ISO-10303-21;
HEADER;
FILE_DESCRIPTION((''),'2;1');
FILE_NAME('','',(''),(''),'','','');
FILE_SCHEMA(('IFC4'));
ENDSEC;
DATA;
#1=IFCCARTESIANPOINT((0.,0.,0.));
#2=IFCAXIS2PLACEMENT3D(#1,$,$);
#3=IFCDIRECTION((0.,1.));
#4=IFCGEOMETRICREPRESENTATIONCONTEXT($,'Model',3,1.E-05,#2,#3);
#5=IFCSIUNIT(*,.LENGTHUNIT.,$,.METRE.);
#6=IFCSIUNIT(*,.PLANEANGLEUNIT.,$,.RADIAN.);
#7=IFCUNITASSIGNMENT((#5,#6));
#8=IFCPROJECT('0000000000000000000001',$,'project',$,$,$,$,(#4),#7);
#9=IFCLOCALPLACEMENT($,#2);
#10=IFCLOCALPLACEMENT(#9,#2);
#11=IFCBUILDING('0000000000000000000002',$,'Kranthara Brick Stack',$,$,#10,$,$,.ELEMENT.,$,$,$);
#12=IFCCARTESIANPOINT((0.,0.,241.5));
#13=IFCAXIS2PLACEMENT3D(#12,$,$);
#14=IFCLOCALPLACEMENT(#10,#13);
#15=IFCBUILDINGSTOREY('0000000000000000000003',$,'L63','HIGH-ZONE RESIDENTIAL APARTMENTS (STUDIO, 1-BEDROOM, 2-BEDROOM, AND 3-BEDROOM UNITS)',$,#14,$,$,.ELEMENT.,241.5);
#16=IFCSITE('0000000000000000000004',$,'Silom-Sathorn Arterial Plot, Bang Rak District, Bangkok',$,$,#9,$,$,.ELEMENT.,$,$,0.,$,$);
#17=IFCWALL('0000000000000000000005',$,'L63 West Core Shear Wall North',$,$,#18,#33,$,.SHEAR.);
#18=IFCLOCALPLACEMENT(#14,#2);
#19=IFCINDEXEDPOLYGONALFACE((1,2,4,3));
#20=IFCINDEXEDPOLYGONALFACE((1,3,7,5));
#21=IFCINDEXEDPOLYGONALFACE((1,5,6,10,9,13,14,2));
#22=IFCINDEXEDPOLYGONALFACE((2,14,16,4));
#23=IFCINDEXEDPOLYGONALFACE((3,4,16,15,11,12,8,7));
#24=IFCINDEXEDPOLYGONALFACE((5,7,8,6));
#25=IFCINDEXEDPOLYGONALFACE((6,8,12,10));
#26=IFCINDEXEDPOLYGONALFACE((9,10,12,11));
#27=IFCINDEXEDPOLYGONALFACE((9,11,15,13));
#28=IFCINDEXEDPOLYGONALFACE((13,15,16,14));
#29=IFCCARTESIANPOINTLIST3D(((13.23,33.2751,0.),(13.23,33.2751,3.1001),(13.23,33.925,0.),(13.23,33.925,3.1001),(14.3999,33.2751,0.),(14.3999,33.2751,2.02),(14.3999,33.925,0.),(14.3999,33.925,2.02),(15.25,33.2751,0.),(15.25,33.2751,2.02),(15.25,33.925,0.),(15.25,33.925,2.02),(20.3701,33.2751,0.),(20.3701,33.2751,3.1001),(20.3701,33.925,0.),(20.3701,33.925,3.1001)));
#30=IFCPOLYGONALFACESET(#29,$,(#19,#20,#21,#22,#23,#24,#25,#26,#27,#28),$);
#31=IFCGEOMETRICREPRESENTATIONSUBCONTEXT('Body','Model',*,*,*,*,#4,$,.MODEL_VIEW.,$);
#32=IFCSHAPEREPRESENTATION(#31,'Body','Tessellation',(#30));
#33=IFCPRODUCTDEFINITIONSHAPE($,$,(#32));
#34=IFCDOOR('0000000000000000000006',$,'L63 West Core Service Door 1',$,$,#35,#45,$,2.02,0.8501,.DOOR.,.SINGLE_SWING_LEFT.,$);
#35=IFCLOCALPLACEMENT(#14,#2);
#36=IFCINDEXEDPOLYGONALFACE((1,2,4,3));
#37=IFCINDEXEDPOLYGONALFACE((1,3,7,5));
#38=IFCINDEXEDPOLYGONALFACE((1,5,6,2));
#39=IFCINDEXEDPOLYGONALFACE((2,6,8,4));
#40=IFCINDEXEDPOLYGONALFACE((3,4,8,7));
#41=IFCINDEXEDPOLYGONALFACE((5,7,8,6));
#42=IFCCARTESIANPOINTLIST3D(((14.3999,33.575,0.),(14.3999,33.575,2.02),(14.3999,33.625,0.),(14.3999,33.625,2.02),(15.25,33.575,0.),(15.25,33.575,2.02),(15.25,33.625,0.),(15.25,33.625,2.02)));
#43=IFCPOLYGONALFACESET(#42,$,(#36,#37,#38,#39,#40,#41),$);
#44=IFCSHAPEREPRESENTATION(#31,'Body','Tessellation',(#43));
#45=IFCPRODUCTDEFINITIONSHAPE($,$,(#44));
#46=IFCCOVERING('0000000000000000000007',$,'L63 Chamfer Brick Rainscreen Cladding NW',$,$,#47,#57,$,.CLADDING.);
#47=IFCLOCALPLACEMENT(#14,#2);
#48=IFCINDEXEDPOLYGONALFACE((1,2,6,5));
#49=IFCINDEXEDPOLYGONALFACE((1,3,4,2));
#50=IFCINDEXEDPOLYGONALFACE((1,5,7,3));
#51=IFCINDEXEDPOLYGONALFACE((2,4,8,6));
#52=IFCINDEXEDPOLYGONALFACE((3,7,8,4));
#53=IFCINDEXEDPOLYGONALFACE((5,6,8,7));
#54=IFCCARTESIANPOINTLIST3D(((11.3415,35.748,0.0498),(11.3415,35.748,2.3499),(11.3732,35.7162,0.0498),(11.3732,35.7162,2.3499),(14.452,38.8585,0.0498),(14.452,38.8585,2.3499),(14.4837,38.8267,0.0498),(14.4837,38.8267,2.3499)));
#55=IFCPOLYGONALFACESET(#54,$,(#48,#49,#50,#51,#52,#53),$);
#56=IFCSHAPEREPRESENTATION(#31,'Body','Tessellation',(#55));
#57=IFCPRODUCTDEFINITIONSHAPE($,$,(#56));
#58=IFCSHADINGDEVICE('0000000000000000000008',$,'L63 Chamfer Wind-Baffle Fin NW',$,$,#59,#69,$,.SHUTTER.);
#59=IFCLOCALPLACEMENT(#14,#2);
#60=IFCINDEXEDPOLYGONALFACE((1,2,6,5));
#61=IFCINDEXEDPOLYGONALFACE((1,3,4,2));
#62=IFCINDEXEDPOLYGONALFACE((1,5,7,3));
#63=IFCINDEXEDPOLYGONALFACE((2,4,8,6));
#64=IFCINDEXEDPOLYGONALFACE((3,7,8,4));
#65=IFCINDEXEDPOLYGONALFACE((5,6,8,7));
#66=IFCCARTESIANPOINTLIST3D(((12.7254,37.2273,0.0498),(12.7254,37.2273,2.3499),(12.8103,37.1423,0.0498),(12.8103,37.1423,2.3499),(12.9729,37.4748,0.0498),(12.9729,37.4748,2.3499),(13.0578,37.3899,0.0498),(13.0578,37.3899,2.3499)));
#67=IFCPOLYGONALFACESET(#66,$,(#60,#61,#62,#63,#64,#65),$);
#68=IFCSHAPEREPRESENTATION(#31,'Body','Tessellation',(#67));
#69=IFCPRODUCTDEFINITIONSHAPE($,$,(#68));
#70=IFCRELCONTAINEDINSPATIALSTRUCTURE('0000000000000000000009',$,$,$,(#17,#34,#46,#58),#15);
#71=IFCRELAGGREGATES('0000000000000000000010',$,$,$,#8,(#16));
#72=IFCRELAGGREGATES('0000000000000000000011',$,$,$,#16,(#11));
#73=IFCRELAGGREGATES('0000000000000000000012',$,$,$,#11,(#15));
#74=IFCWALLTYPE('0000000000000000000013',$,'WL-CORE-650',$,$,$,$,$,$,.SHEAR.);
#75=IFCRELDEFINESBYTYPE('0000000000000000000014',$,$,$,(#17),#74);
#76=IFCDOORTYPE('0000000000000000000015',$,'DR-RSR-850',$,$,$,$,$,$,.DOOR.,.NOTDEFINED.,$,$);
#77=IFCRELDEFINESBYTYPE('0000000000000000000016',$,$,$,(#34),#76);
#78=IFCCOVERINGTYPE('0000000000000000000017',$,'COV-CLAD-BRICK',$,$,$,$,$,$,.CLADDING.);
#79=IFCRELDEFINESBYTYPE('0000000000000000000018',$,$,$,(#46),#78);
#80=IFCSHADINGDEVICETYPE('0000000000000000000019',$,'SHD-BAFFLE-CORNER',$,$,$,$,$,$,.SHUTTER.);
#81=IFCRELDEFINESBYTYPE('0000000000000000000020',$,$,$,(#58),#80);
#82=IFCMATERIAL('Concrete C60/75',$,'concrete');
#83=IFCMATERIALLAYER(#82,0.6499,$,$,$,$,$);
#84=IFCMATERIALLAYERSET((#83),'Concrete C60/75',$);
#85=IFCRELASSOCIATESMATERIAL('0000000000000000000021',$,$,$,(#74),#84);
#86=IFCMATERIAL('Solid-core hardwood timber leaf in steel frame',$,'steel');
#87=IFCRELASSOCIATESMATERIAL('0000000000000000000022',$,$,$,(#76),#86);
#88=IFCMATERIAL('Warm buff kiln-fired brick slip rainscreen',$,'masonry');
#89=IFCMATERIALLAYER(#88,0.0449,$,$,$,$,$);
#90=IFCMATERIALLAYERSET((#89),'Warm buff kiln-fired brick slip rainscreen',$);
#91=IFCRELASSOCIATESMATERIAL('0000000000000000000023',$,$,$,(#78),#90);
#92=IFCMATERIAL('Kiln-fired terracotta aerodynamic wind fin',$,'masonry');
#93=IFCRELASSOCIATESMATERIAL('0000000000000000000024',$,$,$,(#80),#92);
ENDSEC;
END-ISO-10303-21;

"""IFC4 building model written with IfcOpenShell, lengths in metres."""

from ifc_helpers import new_model, si_unit, direction, frame, frame_2d, origin, origin_2d, place, context, subcontext, project, spatial, rectangle, extrude, material, layer, layer_set, type_object, element, fill, save


model = new_model("IFC4")

# Units and contexts
model_context = context("Model", 3, precision=1e-05, world=origin(), true_north=direction((0.0, 1.0)))
body_context = subcontext(model_context, "Body", "Model", "MODEL_VIEW")
ifc_project = project(units=[si_unit("LENGTHUNIT", "METRE"), si_unit("PLANEANGLEUNIT", "RADIAN")], contexts=[model_context])

# Site, building, storey
site_placement = place(None, origin())
site = spatial("IfcSite", under=ifc_project, at=site_placement, Name="Silom-Sathorn Arterial Plot, Bang Rak District, Bangkok", CompositionType="ELEMENT", RefElevation=0.0)
building_placement = place(site_placement, origin())
building = spatial("IfcBuilding", under=site, at=building_placement, Name="Kranthara Brick Stack", CompositionType="ELEMENT")
storey_placement = place(building_placement, frame((0.0, 0.0, 241.5)))
storey = spatial("IfcBuildingStorey", under=building, at=storey_placement, Name="L63", Description="HIGH-ZONE RESIDENTIAL APARTMENTS (STUDIO, 1-BEDROOM, 2-BEDROOM, AND 3-BEDROOM UNITS)", CompositionType="ELEMENT", Elevation=241.5)

# Wall, opening, door
ifc_material_1 = material(Name="Concrete C60/75", Category="concrete")
ifc_layer_1 = layer(ifc_material_1, 0.6499)
ifc_layer_set_1 = layer_set([ifc_layer_1], Name="Concrete C60/75")
wall_type_1 = type_object("IfcWallType", Name="WL-CORE-650", PredefinedType="SHEAR", material=ifc_layer_set_1)
wall_1_placement = place(storey_placement, frame((13.23, 33.6001, 0.0), z_axis=(0.0, 0.0, 1.0), x_axis=(1.0, 0.0, 0.0)))
wall_1 = element("IfcWall", 1, at=wall_1_placement, inside=storey, type_object=wall_type_1, Name="L63 West Core Shear Wall North", PredefinedType="SHEAR", context=body_context, shape_type="SweptSolid", body=[
    extrude(rectangle(XDim=7.1401, YDim=0.6499, at=frame_2d((3.5701, 0.0))), origin(), (0.0, 0.0, 1.0), 3.1001),
])
opening_1_placement = place(wall_1_placement, frame((1.1699, 0.0, 0.0)))
opening_1 = element("IfcOpeningElement", 2, at=opening_1_placement, cuts=wall_1, PredefinedType="OPENING", context=body_context, shape_type="SweptSolid", body=[
    extrude(rectangle(XDim=0.8501, YDim=2.02, at=frame_2d((0.425, 1.01))), frame((0.0, 0.335, 0.0), z_axis=(0.0, -1.0, 0.0), x_axis=(1.0, 0.0, 0.0)), (0.0, 0.0, 1.0), 0.6699),
])
ifc_material_2 = material(Name="Solid-core hardwood timber leaf in steel frame", Category="steel")
door_type_1 = type_object("IfcDoorType", Name="DR-RSR-850", OperationType="NOTDEFINED", PredefinedType="DOOR", material=ifc_material_2)
door_1_placement = place(opening_1_placement, origin())
door_1 = element("IfcDoor", 3, at=door_1_placement, inside=storey, type_object=door_type_1, Name="L63 West Core Service Door 1", OperationType="SINGLE_SWING_LEFT", OverallHeight=2.02, OverallWidth=0.8501, PredefinedType="DOOR", context=body_context, shape_type="SweptSolid", body=[
    extrude(rectangle(XDim=0.8501, YDim=2.02, at=frame_2d((0.425, 1.01))), frame((0.0, 0.0249, 0.0), z_axis=(0.0, -1.0, 0.0), x_axis=(1.0, 0.0, 0.0)), (0.0, 0.0, 1.0), 0.05),
])
fill(opening_1, door_1)

# Covering
ifc_material_3 = material(Name="Warm buff kiln-fired brick slip rainscreen", Category="masonry")
ifc_layer_2 = layer(ifc_material_3, 0.0449)
ifc_layer_set_2 = layer_set([ifc_layer_2], Name="Warm buff kiln-fired brick slip rainscreen")
covering_type = type_object("IfcCoveringType", Name="COV-CLAD-BRICK", PredefinedType="CLADDING", material=ifc_layer_set_2)
covering_placement = place(storey_placement, frame((12.9126, 37.2874, 0.0498), z_axis=(0.0, 0.0, 1.0), x_axis=(0.707107, 0.707107, 0.0)))
element("IfcCovering", 4, at=covering_placement, inside=storey, type_object=covering_type, Name="L63 Chamfer Brick Rainscreen Cladding NW", PredefinedType="CLADDING", context=body_context, shape_type="SweptSolid", body=[
    extrude(rectangle(XDim=4.3989, YDim=0.0449, at=origin_2d()), origin(), (0.0, 0.0, 1.0), 2.3),
])

# Shading device
ifc_material_4 = material(Name="Kiln-fired terracotta aerodynamic wind fin", Category="masonry")
shading_device_type = type_object("IfcShadingDeviceType", Name="SHD-BAFFLE-CORNER", PredefinedType="SHUTTER", material=ifc_material_4)
shading_device_placement = place(storey_placement, frame((12.8916, 37.3086, 0.0498), z_axis=(0.0, 0.0, 1.0), x_axis=(0.707107, 0.707107, 0.0)))
element("IfcShadingDevice", 5, at=shading_device_placement, inside=storey, type_object=shading_device_type, Name="L63 Chamfer Wind-Baffle Fin NW", PredefinedType="SHUTTER", context=body_context, shape_type="SweptSolid", body=[
    extrude(rectangle(XDim=0.3501, YDim=0.1201, at=origin_2d()), origin(), (0.0, 0.0, 1.0), 2.3),
])

save(model, "model.ifc")
